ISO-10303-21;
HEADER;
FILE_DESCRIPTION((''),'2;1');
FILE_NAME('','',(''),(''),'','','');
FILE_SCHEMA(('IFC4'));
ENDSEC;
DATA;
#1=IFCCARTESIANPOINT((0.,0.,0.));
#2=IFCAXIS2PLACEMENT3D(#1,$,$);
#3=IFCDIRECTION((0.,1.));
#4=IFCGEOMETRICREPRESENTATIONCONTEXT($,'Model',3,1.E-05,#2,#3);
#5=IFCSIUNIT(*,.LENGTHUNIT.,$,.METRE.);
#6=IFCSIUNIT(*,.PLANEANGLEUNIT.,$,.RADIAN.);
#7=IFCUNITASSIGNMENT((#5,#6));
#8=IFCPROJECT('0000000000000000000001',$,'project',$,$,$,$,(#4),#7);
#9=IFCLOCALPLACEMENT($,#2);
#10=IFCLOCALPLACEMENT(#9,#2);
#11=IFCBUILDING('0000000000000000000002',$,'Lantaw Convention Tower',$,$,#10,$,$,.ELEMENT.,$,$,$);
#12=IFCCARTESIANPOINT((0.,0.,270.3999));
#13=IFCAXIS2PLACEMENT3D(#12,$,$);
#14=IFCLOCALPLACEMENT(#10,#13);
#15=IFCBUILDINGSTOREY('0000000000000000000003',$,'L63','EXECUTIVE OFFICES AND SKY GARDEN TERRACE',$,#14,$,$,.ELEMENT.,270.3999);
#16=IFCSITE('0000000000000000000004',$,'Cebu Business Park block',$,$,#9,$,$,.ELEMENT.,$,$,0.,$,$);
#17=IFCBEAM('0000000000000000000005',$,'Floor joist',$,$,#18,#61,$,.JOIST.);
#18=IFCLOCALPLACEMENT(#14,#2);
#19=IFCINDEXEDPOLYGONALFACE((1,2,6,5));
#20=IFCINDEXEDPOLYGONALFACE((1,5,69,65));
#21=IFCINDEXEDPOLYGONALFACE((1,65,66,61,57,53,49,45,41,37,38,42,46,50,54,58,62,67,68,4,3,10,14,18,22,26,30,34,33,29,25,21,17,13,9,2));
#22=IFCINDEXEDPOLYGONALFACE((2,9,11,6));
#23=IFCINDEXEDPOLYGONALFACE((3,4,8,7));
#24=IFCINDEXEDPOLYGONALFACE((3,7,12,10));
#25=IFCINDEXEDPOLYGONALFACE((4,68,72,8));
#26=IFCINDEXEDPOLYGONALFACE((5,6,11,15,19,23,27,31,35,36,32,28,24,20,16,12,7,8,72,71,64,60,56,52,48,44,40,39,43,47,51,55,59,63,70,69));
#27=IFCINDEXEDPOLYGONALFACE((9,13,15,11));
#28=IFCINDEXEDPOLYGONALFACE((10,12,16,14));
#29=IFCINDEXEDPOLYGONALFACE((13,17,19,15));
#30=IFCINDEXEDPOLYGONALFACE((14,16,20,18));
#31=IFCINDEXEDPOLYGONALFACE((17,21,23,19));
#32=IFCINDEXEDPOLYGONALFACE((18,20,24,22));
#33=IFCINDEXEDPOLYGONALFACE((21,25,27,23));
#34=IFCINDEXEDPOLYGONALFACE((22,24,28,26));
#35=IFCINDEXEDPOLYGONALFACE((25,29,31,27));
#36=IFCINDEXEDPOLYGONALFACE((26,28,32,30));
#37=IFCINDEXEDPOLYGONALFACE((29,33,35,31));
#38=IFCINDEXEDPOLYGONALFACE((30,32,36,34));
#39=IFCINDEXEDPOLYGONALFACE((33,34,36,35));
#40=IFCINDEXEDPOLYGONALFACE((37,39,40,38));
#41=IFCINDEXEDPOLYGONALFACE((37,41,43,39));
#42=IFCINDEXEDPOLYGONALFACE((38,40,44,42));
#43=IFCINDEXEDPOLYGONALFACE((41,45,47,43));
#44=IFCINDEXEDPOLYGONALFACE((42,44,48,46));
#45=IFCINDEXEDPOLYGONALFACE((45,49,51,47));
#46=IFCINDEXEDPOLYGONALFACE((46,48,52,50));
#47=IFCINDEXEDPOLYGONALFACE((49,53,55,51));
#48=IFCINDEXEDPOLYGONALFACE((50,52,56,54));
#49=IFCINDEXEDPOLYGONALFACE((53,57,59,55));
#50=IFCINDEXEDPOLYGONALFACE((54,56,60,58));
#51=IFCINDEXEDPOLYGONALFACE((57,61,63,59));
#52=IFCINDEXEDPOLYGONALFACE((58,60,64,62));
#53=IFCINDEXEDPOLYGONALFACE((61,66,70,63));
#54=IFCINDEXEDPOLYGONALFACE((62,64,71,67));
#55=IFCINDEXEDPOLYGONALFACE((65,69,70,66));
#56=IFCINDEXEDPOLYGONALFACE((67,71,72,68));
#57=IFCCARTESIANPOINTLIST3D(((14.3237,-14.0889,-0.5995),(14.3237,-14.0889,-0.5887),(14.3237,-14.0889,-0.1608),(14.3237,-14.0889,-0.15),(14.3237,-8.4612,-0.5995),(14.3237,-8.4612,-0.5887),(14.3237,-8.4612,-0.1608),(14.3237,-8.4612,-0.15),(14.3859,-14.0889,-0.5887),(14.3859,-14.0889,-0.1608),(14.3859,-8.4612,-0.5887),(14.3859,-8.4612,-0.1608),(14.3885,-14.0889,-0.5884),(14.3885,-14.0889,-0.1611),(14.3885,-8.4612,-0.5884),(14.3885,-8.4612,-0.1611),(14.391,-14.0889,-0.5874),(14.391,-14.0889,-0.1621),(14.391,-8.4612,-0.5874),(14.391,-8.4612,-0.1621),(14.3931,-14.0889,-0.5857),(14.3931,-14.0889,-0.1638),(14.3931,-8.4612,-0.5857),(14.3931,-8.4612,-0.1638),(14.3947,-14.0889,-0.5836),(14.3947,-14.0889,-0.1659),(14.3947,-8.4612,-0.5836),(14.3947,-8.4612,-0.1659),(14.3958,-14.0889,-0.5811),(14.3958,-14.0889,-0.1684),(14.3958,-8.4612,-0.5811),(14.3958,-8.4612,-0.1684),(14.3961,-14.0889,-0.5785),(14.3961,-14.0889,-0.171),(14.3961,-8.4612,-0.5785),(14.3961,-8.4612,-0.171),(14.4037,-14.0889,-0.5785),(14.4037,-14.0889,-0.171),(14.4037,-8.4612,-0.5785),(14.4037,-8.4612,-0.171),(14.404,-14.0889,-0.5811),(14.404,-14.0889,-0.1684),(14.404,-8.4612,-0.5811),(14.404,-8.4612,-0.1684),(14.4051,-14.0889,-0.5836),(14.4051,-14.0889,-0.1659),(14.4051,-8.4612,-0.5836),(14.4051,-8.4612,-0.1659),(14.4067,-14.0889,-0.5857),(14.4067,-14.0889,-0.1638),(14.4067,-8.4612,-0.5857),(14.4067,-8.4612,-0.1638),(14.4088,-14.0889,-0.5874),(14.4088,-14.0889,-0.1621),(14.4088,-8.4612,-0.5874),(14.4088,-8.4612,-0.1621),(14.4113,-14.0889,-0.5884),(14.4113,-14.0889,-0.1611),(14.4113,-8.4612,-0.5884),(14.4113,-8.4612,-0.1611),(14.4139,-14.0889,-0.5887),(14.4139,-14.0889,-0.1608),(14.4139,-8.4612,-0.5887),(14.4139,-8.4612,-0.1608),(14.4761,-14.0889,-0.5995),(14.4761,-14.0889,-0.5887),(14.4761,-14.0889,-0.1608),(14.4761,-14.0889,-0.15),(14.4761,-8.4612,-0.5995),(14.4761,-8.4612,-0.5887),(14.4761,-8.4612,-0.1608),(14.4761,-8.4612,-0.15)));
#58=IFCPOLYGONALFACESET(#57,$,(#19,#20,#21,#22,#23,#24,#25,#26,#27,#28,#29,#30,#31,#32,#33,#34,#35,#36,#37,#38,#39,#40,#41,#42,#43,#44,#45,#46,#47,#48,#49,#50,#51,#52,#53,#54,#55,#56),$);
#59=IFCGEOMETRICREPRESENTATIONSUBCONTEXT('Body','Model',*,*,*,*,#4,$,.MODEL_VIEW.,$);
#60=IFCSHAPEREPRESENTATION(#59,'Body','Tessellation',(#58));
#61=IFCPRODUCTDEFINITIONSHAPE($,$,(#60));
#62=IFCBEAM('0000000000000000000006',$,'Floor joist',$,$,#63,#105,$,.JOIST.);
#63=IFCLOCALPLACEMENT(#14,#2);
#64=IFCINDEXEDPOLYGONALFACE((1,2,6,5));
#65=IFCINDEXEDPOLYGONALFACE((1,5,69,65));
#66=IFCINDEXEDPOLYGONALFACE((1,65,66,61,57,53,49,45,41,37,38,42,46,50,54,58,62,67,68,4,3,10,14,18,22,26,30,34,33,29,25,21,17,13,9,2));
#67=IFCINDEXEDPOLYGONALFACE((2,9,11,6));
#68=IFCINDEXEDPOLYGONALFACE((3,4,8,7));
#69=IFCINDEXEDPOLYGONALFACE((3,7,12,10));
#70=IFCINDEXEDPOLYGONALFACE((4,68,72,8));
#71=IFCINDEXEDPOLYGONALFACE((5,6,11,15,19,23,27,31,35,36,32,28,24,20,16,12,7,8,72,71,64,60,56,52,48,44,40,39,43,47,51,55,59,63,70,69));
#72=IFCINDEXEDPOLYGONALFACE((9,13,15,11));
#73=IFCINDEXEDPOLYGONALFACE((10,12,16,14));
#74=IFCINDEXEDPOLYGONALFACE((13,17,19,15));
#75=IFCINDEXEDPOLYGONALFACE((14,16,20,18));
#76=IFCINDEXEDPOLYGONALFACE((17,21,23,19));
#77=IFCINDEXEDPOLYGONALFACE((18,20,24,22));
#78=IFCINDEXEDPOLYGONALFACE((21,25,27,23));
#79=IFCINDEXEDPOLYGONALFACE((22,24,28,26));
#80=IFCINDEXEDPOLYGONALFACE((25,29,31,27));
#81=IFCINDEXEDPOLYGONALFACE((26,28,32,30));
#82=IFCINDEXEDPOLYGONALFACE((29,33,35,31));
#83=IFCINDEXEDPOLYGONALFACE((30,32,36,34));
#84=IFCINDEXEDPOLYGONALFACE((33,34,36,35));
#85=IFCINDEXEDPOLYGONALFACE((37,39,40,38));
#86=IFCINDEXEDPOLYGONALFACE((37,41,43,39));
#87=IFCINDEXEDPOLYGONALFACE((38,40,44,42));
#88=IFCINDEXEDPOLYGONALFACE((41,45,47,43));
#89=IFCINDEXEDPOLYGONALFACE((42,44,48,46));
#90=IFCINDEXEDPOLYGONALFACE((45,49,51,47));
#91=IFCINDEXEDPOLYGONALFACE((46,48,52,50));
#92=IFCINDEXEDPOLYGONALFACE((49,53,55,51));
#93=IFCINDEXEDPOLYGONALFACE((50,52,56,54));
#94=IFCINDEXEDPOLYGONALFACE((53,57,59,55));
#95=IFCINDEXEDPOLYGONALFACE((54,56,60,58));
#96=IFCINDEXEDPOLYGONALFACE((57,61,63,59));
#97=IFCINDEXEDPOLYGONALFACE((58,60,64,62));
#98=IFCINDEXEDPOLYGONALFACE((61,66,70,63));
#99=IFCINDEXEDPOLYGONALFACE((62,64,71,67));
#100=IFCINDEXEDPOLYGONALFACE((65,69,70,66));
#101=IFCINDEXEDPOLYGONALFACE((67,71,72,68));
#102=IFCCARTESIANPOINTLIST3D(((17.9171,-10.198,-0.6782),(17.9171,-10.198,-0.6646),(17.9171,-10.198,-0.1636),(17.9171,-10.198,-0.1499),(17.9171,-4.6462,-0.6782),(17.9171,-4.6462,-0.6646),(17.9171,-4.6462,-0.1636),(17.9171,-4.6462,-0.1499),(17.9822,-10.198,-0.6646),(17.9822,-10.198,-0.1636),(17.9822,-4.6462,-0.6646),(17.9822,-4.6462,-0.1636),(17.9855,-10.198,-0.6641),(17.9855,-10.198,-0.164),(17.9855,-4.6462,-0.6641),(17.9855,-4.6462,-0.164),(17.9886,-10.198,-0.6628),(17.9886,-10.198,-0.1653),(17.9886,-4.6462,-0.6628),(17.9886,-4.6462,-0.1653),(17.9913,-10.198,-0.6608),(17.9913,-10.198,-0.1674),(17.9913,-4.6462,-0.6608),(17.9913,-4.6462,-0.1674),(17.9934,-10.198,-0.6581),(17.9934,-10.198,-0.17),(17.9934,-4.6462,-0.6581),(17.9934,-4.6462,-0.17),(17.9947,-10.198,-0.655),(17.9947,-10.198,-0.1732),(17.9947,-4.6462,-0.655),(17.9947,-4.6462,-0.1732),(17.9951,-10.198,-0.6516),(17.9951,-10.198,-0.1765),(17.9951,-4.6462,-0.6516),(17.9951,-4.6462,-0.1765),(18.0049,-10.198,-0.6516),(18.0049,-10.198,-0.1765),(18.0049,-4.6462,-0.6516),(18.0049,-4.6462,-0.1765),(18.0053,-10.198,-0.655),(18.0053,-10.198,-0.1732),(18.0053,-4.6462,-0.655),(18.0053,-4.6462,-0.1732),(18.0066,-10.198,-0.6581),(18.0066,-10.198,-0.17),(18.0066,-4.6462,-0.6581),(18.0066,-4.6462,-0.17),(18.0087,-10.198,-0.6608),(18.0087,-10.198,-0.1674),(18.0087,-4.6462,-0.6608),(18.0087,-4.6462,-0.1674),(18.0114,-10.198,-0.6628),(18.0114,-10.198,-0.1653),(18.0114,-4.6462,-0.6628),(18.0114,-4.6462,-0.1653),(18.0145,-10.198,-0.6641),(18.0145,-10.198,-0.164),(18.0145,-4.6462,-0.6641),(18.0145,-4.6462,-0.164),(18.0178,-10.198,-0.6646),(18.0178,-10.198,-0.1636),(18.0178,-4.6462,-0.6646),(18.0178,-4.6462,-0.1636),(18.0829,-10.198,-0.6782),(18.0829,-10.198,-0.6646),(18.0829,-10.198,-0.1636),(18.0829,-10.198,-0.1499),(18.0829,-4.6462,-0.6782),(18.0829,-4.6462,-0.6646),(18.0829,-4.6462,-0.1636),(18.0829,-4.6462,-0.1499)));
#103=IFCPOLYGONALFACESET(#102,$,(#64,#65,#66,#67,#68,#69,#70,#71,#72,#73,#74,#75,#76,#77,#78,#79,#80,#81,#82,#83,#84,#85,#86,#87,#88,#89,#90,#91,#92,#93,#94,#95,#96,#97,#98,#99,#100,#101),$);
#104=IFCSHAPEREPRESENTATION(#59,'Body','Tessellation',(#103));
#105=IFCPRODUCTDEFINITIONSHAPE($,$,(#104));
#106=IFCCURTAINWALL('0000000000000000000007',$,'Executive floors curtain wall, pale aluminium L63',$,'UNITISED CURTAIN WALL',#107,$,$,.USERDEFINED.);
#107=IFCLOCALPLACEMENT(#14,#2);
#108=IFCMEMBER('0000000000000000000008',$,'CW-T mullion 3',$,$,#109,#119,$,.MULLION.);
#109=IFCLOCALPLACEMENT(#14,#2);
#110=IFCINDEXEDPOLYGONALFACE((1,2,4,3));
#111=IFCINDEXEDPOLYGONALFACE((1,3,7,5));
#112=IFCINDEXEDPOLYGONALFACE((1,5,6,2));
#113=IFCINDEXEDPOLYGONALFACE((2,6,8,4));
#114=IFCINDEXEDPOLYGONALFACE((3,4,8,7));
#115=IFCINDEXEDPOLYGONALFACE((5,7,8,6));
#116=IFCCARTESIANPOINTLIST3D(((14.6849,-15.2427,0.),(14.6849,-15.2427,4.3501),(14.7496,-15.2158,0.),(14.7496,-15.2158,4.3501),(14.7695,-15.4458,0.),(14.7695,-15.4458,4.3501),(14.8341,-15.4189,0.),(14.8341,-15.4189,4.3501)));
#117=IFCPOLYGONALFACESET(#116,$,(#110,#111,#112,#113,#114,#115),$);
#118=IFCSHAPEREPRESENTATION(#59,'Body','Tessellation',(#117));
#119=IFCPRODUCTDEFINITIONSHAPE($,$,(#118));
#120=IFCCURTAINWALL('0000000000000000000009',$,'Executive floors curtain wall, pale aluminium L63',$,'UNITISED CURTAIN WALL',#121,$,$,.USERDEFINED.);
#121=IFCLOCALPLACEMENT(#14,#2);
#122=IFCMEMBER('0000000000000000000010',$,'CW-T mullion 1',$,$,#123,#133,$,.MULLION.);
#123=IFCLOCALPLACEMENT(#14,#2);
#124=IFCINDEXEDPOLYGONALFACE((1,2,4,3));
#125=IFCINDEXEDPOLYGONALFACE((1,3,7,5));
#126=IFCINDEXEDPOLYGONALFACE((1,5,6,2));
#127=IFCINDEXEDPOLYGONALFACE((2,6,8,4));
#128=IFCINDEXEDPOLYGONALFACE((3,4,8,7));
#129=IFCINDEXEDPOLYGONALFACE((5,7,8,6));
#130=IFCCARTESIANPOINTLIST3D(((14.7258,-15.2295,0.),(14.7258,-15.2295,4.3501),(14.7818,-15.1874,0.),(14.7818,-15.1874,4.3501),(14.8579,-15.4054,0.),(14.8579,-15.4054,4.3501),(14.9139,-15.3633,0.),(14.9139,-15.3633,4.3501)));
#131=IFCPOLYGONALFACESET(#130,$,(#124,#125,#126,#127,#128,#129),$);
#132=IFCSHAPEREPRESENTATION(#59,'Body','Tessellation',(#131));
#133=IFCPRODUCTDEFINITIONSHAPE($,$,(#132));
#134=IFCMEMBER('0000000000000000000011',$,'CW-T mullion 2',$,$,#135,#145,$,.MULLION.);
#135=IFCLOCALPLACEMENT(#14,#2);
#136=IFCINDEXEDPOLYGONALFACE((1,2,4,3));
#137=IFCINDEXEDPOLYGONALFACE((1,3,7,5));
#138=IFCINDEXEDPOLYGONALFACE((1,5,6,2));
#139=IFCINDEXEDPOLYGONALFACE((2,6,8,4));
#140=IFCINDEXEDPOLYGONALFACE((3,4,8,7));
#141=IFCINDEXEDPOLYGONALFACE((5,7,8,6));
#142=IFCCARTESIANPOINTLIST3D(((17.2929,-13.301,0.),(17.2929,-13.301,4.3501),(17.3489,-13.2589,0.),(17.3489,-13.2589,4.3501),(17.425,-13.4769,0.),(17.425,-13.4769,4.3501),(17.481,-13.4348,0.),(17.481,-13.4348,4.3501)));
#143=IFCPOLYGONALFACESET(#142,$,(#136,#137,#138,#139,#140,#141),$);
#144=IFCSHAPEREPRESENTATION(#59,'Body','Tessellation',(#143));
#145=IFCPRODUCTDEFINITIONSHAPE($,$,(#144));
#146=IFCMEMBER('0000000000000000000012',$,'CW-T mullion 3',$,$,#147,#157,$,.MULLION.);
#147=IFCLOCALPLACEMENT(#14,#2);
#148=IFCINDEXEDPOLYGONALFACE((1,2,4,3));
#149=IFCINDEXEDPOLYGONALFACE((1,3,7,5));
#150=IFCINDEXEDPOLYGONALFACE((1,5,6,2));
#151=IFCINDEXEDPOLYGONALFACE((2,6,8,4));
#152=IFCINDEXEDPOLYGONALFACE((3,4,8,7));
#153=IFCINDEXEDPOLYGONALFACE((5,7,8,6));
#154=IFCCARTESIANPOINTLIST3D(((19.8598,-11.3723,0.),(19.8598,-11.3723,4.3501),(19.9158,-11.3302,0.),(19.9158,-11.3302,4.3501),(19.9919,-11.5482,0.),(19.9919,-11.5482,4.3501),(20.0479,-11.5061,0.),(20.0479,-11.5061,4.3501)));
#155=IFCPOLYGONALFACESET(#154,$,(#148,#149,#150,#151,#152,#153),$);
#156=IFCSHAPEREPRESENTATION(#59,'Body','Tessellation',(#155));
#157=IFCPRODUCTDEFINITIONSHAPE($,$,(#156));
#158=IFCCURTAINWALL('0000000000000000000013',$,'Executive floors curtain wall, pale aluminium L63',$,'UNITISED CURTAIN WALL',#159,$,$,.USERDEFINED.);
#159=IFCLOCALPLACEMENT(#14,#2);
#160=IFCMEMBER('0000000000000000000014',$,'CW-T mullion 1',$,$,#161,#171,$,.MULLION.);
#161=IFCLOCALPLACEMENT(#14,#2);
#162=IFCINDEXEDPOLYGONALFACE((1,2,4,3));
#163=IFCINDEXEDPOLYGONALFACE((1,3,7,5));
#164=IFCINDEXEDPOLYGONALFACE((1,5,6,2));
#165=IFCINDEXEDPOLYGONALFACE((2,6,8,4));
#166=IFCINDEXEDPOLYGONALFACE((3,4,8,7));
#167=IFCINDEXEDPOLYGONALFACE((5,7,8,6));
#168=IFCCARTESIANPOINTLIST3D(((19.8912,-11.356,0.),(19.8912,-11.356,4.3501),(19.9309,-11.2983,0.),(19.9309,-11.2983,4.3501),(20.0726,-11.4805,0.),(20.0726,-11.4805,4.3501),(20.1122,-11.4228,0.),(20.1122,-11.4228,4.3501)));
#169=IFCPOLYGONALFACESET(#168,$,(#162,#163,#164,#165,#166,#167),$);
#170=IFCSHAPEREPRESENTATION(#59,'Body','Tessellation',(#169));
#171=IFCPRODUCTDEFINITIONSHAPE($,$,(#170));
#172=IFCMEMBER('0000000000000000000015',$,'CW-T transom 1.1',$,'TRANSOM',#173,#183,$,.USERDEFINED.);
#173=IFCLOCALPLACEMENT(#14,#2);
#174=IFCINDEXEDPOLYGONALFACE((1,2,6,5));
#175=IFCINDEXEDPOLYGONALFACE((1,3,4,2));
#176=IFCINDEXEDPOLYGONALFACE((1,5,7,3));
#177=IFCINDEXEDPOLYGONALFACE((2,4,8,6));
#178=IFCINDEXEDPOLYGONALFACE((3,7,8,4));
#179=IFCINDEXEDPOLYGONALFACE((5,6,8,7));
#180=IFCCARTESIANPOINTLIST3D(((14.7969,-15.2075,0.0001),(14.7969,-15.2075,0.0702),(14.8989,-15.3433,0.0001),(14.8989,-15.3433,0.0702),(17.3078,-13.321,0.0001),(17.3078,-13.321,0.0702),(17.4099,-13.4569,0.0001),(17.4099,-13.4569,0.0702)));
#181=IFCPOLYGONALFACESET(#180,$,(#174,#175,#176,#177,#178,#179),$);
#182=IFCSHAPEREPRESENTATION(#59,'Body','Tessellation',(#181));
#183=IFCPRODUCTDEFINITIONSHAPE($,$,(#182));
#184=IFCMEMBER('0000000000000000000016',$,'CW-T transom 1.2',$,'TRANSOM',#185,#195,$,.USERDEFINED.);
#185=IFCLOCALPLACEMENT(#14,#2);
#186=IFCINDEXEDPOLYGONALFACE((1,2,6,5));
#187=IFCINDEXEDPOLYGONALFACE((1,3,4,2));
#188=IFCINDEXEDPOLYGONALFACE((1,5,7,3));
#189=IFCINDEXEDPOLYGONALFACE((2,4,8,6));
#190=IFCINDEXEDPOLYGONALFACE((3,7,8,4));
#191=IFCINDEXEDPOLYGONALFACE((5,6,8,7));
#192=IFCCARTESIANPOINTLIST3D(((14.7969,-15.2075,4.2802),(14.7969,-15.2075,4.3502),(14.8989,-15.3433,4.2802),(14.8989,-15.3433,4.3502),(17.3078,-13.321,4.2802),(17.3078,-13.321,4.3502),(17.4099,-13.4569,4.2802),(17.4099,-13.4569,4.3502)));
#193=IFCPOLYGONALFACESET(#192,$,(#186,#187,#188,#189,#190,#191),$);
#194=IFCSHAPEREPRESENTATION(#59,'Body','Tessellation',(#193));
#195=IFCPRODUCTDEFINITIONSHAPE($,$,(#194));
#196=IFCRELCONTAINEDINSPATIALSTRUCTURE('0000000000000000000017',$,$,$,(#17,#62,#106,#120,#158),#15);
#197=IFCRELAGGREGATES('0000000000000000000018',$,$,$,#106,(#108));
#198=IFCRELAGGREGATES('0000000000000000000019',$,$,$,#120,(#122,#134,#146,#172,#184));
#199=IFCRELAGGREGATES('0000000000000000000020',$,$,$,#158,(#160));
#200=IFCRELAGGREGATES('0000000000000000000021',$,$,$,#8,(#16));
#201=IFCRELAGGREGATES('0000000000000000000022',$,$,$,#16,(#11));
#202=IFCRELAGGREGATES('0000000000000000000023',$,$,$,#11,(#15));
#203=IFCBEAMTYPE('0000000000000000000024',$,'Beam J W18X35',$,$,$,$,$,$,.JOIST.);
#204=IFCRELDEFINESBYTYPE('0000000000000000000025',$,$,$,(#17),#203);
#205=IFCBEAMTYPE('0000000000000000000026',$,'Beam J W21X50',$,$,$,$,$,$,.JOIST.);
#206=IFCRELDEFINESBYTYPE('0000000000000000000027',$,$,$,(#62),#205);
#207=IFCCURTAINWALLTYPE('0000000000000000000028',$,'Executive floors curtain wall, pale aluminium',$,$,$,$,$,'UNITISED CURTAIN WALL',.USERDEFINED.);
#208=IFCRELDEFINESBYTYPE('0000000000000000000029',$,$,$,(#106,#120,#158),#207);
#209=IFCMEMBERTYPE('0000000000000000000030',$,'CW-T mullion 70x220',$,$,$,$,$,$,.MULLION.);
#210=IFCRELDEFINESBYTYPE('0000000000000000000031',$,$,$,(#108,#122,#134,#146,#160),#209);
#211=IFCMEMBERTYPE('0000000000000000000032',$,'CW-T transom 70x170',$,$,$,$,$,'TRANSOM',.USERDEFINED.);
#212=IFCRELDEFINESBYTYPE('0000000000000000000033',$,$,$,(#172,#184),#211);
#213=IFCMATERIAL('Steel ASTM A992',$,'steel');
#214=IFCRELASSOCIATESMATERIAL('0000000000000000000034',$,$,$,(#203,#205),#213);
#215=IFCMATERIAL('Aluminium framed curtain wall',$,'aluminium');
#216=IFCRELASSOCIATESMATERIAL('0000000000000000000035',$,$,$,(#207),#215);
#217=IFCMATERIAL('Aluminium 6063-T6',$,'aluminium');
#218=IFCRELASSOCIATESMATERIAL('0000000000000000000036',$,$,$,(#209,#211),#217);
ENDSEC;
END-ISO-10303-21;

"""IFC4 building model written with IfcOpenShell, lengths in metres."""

from ifc_helpers import new_model, si_unit, direction, frame, origin, origin_2d, place, context, subcontext, project, spatial, rectangle, i_section, extrude, material, material_profile, profile_set, type_object, element, aggregate, save


model = new_model("IFC4")

# Units and contexts
model_context = context("Model", 3, precision=1e-05, world=origin(), true_north=direction((0.0, 1.0)))
body_context = subcontext(model_context, "Body", "Model", "MODEL_VIEW")
ifc_project = project(units=[si_unit("LENGTHUNIT", "METRE"), si_unit("PLANEANGLEUNIT", "RADIAN")], contexts=[model_context])

# Site, building, storey
site_placement = place(None, origin())
site = spatial("IfcSite", under=ifc_project, at=site_placement, Name="Cebu Business Park block", CompositionType="ELEMENT", RefElevation=0.0)
building_placement = place(site_placement, origin())
building = spatial("IfcBuilding", under=site, at=building_placement, Name="Lantaw Convention Tower", CompositionType="ELEMENT")
storey_placement = place(building_placement, frame((0.0, 0.0, 270.3999)))
storey = spatial("IfcBuildingStorey", under=building, at=storey_placement, Name="L63", Description="EXECUTIVE OFFICES AND SKY GARDEN TERRACE", CompositionType="ELEMENT", Elevation=270.3999)

# Beams
ifc_material_1 = material(Name="Steel ASTM A992", Category="steel")
ifc_material_profile_1 = material_profile(ifc_material_1, i_section(OverallWidth=0.1523, OverallDepth=0.4495, WebThickness=0.0076, FlangeThickness=0.0107, FilletRadius=0.0103, at=origin_2d()), Name="W18X35")
ifc_profile_set_1 = profile_set([ifc_material_profile_1], Name="Steel ASTM A992")
beam_type_1 = type_object("IfcBeamType", Name="Beam J W18X35", PredefinedType="JOIST", material=ifc_profile_set_1)
beam_1_placement = place(storey_placement, frame((14.3999, -14.0889, -0.3748), z_axis=(0.0, 1.0, 0.0), x_axis=(-1.0, 0.0, 0.0)))
element("IfcBeam", 1, at=beam_1_placement, inside=storey, type_object=beam_type_1, Name="Floor joist", PredefinedType="JOIST", context=body_context, shape_type="SweptSolid", body=[
    extrude(i_section(OverallWidth=0.1523, OverallDepth=0.4495, WebThickness=0.0076, FlangeThickness=0.0107, FilletRadius=0.0103, at=origin_2d()), origin(), (0.0, 0.0, 1.0), 5.6277),
])
ifc_material_profile_2 = material_profile(ifc_material_1, i_section(OverallWidth=0.1658, OverallDepth=0.5283, WebThickness=0.0098, FlangeThickness=0.0137, FilletRadius=0.0129, at=origin_2d()), Name="W21X50")
ifc_profile_set_2 = profile_set([ifc_material_profile_2], Name="Steel ASTM A992")
beam_type_2 = type_object("IfcBeamType", Name="Beam J W21X50", PredefinedType="JOIST", material=ifc_profile_set_2)
beam_2_placement = place(storey_placement, frame((18.0, -10.198, -0.4141), z_axis=(0.0, 1.0, 0.0), x_axis=(-1.0, 0.0, 0.0)))
element("IfcBeam", 2, at=beam_2_placement, inside=storey, type_object=beam_type_2, Name="Floor joist", PredefinedType="JOIST", context=body_context, shape_type="SweptSolid", body=[
    extrude(i_section(OverallWidth=0.1658, OverallDepth=0.5283, WebThickness=0.0098, FlangeThickness=0.0137, FilletRadius=0.0129, at=origin_2d()), origin(), (0.0, 0.0, 1.0), 5.5518),
])

# Curtain wall, member
ifc_material_2 = material(Name="Aluminium framed curtain wall", Category="aluminium")
curtain_wall_type = type_object("IfcCurtainWallType", Name="Executive floors curtain wall, pale aluminium", ElementType="UNITISED CURTAIN WALL", PredefinedType="USERDEFINED", material=ifc_material_2)
curtain_wall_1_placement = place(storey_placement, origin())
curtain_wall_1 = element("IfcCurtainWall", 3, at=curtain_wall_1_placement, inside=storey, type_object=curtain_wall_type, Name="Executive floors curtain wall, pale aluminium L63", ObjectType="UNITISED CURTAIN WALL", PredefinedType="USERDEFINED")
ifc_material_3 = material(Name="Aluminium 6063-T6", Category="aluminium")
ifc_material_profile_3 = material_profile(ifc_material_3, rectangle(XDim=0.22, YDim=0.0701, at=origin_2d()), Name="CW-T mullion 70x220")
ifc_profile_set_3 = profile_set([ifc_material_profile_3], Name="Aluminium 6063-T6")
member_type_1 = type_object("IfcMemberType", Name="CW-T mullion 70x220", PredefinedType="MULLION", material=ifc_profile_set_3)
member_1_placement = place(storey_placement, frame((14.7595, -15.3308, 0.0), z_axis=(0.0, 0.0, 1.0), x_axis=(-0.38446, 0.923142, 0.0)))
member_1 = element("IfcMember", 4, at=member_1_placement, type_object=member_type_1, Name="CW-T mullion 3", PredefinedType="MULLION", context=body_context, shape_type="SweptSolid", body=[
    extrude(rectangle(XDim=0.22, YDim=0.0701, at=origin_2d()), origin(), (0.0, 0.0, 1.0), 4.3501),
])

# Curtain wall, members
curtain_wall_2_placement = place(storey_placement, origin())
curtain_wall_2 = element("IfcCurtainWall", 5, at=curtain_wall_2_placement, inside=storey, type_object=curtain_wall_type, Name="Executive floors curtain wall, pale aluminium L63", ObjectType="UNITISED CURTAIN WALL", PredefinedType="USERDEFINED")
member_2_placement = place(storey_placement, frame((14.8198, -15.2964, 0.0), z_axis=(0.0, 0.0, 1.0), x_axis=(-0.600643, 0.799518, 0.0)))
member_2 = element("IfcMember", 6, at=member_2_placement, type_object=member_type_1, Name="CW-T mullion 1", PredefinedType="MULLION", context=body_context, shape_type="SweptSolid", body=[
    extrude(rectangle(XDim=0.22, YDim=0.0701, at=origin_2d()), origin(), (0.0, 0.0, 1.0), 4.3501),
])
member_3_placement = place(storey_placement, frame((17.387, -13.3679, 0.0), z_axis=(0.0, 0.0, 1.0), x_axis=(-0.600643, 0.799518, 0.0)))
member_3 = element("IfcMember", 7, at=member_3_placement, type_object=member_type_1, Name="CW-T mullion 2", PredefinedType="MULLION", context=body_context, shape_type="SweptSolid", body=[
    extrude(rectangle(XDim=0.22, YDim=0.0701, at=origin_2d()), origin(), (0.0, 0.0, 1.0), 4.3501),
])
member_4_placement = place(storey_placement, frame((19.9539, -11.4392, 0.0), z_axis=(0.0, 0.0, 1.0), x_axis=(-0.600643, 0.799518, 0.0)))
member_4 = element("IfcMember", 8, at=member_4_placement, type_object=member_type_1, Name="CW-T mullion 3", PredefinedType="MULLION", context=body_context, shape_type="SweptSolid", body=[
    extrude(rectangle(XDim=0.22, YDim=0.0701, at=origin_2d()), origin(), (0.0, 0.0, 1.0), 4.3501),
])

# Curtain wall, member
curtain_wall_3_placement = place(storey_placement, origin())
curtain_wall_3 = element("IfcCurtainWall", 9, at=curtain_wall_3_placement, inside=storey, type_object=curtain_wall_type, Name="Executive floors curtain wall, pale aluminium L63", ObjectType="UNITISED CURTAIN WALL", PredefinedType="USERDEFINED")
member_5_placement = place(storey_placement, frame((20.0017, -11.3894, 0.0), z_axis=(0.0, 0.0, 1.0), x_axis=(-0.82445, 0.565935, 0.0)))
member_5 = element("IfcMember", 10, at=member_5_placement, type_object=member_type_1, Name="CW-T mullion 1", PredefinedType="MULLION", context=body_context, shape_type="SweptSolid", body=[
    extrude(rectangle(XDim=0.22, YDim=0.0701, at=origin_2d()), origin(), (0.0, 0.0, 1.0), 4.3501),
])

# Members
ifc_material_profile_4 = material_profile(ifc_material_3, rectangle(XDim=0.1699, YDim=0.0701, at=origin_2d()), Name="CW-T transom 70x170")
ifc_profile_set_4 = profile_set([ifc_material_profile_4], Name="Aluminium 6063-T6")
member_type_2 = type_object("IfcMemberType", Name="CW-T transom 70x170", ElementType="TRANSOM", PredefinedType="USERDEFINED", material=ifc_profile_set_4)
member_6_placement = place(storey_placement, frame((14.8479, -15.2754, 0.0352), z_axis=(0.799505, 0.600659, 0.0), x_axis=(-0.600659, 0.799505, 0.0)))
member_6 = element("IfcMember", 11, at=member_6_placement, type_object=member_type_2, Name="CW-T transom 1.1", ObjectType="TRANSOM", PredefinedType="USERDEFINED", context=body_context, shape_type="SweptSolid", body=[
    extrude(rectangle(XDim=0.1699, YDim=0.0701, at=origin_2d()), origin(), (0.0, 0.0, 1.0), 3.1406),
])
member_7_placement = place(storey_placement, frame((14.8479, -15.2754, 4.3152), z_axis=(0.799505, 0.600659, 0.0), x_axis=(-0.600659, 0.799505, 0.0)))
member_7 = element("IfcMember", 12, at=member_7_placement, type_object=member_type_2, Name="CW-T transom 1.2", ObjectType="TRANSOM", PredefinedType="USERDEFINED", context=body_context, shape_type="SweptSolid", body=[
    extrude(rectangle(XDim=0.1699, YDim=0.0701, at=origin_2d()), origin(), (0.0, 0.0, 1.0), 3.1406),
])

aggregate(curtain_wall_1, [member_1])
aggregate(curtain_wall_2, [member_2, member_3, member_4, member_6, member_7])
aggregate(curtain_wall_3, [member_5])

save(model, "model.ifc")
